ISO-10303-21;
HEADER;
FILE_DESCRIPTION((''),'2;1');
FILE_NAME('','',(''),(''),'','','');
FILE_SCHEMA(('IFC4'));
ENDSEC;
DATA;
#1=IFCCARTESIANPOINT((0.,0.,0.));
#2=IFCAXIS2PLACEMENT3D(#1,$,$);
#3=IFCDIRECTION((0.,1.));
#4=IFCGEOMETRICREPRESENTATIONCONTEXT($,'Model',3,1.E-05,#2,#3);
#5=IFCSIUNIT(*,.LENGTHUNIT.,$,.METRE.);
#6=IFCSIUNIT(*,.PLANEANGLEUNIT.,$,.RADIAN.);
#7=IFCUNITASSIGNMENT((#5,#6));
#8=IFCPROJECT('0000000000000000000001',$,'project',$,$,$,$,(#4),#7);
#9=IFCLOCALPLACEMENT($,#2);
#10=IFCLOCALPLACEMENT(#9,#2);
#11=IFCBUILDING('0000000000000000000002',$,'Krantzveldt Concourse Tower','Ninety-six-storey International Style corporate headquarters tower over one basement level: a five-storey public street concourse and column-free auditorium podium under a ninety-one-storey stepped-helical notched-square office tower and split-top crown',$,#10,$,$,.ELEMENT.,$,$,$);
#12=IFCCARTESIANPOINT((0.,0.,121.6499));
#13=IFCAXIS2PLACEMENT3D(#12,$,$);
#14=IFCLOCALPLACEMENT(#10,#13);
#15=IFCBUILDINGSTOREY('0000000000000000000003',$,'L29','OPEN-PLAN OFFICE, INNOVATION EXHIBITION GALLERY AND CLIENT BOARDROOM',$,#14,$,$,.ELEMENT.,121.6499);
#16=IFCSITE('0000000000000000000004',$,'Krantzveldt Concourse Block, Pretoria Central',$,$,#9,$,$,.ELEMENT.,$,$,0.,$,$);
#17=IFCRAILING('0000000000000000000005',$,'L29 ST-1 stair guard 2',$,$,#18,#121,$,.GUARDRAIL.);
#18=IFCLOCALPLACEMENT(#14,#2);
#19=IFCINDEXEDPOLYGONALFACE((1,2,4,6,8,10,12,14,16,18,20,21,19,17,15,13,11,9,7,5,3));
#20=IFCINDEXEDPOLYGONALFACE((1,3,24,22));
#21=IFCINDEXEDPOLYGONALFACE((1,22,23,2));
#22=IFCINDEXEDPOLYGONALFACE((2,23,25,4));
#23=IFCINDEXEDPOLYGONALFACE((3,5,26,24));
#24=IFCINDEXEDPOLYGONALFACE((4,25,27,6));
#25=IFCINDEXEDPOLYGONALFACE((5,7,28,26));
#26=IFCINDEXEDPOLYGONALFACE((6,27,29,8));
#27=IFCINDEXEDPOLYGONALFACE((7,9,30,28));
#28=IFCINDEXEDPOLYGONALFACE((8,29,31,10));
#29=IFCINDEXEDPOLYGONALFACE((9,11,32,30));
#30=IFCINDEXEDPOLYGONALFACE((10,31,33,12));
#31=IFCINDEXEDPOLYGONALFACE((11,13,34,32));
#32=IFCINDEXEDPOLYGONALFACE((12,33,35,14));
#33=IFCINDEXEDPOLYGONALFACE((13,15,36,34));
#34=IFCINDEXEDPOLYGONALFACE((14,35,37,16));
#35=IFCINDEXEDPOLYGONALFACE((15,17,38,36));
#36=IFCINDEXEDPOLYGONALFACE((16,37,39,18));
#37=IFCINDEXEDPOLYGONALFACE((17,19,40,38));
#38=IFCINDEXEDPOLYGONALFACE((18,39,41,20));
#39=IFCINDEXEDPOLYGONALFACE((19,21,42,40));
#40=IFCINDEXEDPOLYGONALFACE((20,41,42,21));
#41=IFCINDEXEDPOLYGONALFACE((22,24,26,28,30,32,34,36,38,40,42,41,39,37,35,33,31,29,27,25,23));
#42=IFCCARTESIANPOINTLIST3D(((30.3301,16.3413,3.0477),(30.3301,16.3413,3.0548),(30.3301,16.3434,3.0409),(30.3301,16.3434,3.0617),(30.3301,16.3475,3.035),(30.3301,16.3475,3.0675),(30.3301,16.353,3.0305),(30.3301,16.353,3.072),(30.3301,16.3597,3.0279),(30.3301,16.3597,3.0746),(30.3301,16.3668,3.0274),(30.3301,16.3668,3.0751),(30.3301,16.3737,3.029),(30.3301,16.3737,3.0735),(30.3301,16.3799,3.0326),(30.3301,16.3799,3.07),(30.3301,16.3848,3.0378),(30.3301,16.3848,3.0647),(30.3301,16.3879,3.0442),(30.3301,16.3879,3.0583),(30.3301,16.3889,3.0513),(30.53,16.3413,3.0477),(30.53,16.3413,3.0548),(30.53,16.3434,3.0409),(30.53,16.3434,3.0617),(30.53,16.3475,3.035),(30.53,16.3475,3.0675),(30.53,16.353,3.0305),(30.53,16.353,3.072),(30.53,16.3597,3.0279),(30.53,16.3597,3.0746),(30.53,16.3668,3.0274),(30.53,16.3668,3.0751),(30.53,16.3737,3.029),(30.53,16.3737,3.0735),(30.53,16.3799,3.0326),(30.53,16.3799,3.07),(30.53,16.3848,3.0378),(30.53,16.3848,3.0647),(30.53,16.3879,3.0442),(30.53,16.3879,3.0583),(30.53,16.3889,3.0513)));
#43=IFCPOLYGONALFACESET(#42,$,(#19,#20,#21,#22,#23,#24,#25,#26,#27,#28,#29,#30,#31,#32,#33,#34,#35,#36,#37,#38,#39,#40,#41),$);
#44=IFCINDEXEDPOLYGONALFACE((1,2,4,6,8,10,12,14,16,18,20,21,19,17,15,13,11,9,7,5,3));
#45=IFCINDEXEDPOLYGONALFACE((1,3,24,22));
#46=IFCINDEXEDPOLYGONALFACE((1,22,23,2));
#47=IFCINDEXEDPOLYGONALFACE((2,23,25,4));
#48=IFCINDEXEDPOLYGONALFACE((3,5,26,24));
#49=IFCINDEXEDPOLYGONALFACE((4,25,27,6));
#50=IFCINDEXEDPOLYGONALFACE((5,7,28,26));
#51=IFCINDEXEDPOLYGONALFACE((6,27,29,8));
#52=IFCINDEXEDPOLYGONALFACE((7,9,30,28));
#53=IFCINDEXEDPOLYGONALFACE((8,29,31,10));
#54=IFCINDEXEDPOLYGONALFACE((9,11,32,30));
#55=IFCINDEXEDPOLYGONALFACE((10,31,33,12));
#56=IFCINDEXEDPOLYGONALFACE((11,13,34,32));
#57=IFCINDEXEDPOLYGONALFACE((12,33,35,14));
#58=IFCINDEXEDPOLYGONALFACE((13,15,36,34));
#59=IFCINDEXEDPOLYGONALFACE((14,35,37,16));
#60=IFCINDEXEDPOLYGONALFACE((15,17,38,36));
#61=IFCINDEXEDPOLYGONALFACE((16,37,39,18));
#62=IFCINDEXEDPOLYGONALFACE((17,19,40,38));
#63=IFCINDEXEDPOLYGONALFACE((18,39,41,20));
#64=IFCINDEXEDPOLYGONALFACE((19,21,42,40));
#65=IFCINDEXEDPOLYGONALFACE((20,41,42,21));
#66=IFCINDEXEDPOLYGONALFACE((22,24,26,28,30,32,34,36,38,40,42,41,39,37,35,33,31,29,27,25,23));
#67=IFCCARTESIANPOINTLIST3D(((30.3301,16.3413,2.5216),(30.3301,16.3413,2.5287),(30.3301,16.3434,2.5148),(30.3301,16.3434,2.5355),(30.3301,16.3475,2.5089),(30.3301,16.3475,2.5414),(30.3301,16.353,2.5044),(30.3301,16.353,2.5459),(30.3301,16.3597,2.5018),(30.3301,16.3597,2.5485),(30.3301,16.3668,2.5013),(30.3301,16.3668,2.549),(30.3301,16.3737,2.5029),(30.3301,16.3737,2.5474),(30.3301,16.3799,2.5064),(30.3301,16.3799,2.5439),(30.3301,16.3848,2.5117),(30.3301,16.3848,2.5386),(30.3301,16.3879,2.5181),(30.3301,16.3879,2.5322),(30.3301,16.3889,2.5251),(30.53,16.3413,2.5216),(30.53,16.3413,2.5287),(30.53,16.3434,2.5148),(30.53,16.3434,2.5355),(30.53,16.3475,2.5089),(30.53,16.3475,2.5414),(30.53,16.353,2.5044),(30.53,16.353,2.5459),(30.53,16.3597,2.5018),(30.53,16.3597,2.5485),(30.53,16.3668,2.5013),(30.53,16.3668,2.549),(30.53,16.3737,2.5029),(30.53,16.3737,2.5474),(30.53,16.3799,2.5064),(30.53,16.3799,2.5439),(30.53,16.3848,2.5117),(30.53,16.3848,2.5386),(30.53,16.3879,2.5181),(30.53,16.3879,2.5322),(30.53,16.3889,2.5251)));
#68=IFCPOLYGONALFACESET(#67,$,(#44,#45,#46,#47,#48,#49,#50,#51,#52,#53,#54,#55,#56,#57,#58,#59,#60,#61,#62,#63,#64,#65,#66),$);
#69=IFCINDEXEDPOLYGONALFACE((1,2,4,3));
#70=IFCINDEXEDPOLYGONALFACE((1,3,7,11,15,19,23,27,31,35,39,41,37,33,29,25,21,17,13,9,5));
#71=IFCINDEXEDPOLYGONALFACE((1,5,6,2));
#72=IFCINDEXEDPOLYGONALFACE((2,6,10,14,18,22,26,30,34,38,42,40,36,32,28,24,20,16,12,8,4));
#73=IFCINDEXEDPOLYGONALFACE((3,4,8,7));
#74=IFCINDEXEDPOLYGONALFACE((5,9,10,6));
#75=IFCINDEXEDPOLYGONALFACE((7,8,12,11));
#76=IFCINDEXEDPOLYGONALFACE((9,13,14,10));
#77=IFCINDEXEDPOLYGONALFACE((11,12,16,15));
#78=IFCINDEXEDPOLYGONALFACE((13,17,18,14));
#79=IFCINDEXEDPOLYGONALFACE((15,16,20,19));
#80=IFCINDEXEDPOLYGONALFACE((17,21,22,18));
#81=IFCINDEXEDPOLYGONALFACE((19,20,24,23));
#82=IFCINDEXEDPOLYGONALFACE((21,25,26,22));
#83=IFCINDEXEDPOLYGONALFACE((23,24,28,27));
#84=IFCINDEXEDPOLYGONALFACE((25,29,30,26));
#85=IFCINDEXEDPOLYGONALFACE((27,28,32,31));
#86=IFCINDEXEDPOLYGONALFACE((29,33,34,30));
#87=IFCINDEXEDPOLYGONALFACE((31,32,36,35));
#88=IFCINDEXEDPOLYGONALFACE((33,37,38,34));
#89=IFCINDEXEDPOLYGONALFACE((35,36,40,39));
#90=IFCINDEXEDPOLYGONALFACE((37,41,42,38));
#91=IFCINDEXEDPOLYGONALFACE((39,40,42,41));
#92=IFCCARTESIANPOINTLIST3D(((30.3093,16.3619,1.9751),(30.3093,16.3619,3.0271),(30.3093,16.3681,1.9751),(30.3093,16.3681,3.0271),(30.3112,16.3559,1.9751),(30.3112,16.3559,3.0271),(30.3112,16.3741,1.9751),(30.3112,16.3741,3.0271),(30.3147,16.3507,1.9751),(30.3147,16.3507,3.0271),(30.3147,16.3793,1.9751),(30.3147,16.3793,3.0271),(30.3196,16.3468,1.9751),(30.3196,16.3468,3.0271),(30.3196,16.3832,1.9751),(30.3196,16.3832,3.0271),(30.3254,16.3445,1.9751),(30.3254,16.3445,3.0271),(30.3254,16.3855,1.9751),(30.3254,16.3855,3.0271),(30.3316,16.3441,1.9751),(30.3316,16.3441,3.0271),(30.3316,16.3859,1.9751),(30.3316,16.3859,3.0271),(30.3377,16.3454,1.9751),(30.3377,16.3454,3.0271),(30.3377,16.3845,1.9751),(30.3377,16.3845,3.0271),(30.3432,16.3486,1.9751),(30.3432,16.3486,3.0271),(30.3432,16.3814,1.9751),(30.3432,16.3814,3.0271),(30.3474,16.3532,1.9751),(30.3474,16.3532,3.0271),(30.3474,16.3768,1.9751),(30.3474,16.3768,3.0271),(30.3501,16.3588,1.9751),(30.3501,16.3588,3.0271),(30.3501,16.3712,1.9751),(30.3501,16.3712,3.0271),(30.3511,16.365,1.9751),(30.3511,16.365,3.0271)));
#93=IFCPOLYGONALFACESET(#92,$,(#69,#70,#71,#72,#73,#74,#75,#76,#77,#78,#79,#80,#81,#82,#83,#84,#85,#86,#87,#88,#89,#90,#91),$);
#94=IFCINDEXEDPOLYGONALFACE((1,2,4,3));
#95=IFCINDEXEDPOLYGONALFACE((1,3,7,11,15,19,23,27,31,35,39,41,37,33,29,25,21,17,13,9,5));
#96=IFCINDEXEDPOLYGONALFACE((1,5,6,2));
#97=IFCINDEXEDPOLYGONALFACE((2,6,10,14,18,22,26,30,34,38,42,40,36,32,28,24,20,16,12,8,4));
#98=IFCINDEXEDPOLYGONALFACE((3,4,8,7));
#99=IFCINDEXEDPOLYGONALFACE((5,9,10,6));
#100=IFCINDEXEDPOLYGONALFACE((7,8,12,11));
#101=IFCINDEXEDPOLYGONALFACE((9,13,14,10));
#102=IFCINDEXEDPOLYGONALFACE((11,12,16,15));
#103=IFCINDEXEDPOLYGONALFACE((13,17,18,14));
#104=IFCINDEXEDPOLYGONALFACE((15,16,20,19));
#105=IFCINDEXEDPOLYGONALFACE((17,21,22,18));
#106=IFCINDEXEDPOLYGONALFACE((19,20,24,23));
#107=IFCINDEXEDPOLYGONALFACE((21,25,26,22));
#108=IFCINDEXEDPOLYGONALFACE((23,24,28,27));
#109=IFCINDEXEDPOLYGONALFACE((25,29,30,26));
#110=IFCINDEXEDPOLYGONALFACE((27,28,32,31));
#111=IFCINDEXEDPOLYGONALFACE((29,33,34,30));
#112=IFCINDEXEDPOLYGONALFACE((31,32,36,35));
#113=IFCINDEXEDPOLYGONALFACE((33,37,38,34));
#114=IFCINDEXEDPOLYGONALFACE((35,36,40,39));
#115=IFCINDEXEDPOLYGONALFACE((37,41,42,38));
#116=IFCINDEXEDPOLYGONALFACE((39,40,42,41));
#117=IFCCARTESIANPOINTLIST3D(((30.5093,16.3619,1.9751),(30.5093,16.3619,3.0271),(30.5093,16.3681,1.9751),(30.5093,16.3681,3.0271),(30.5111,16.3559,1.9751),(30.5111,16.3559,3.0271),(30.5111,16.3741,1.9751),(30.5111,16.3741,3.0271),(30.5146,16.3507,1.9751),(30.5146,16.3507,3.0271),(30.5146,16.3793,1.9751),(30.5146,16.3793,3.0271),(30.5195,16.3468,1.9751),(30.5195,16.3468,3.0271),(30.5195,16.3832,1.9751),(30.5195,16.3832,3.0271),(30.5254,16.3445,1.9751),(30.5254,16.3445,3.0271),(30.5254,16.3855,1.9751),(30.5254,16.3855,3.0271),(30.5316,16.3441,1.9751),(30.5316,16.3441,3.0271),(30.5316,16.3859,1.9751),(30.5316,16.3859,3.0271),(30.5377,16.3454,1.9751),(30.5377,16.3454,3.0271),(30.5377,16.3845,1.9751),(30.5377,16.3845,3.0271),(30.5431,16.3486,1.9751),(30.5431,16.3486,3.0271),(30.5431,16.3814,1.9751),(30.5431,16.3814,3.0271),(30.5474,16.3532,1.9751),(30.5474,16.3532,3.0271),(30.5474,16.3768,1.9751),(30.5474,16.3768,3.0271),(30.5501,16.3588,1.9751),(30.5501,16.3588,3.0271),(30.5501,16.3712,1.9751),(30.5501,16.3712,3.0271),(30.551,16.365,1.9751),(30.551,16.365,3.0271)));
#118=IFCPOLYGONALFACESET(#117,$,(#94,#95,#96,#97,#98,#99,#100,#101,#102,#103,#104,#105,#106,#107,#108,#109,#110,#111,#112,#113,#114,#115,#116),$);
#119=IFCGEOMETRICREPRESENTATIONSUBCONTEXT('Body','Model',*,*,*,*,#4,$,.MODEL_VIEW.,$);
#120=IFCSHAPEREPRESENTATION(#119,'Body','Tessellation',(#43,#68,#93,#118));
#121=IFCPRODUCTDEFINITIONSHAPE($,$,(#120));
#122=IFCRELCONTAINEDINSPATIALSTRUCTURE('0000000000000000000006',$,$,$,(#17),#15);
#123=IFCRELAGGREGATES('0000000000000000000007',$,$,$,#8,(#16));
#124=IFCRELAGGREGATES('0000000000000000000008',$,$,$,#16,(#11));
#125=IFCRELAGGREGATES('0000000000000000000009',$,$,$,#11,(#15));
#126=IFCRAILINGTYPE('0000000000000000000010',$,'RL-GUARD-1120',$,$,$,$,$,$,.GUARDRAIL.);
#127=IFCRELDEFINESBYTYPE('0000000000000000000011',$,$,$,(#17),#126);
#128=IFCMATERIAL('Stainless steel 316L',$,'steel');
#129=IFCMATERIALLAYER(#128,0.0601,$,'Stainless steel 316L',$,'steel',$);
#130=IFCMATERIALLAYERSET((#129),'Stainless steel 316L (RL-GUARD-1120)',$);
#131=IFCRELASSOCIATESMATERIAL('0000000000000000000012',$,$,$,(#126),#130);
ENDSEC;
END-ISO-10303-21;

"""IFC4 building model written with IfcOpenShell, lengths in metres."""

from ifc_helpers import new_model, si_unit, direction, frame, origin, origin_2d, place, context, subcontext, project, spatial, circle, extrude, material, layer, layer_set, type_object, element, save


model = new_model("IFC4")

# Units and contexts
model_context = context("Model", 3, precision=1e-05, world=origin(), true_north=direction((0.0, 1.0)))
body_context = subcontext(model_context, "Body", "Model", "MODEL_VIEW")
ifc_project = project(units=[si_unit("LENGTHUNIT", "METRE"), si_unit("PLANEANGLEUNIT", "RADIAN")], contexts=[model_context])

# Site, building, storey
site_placement = place(None, origin())
site = spatial("IfcSite", under=ifc_project, at=site_placement, Name="Krantzveldt Concourse Block, Pretoria Central", CompositionType="ELEMENT", RefElevation=0.0)
building_placement = place(site_placement, origin())
building = spatial("IfcBuilding", under=site, at=building_placement, Name="Krantzveldt Concourse Tower", Description="Ninety-six-storey International Style corporate headquarters tower over one basement level: a five-storey public street concourse and column-free auditorium podium under a ninety-one-storey stepped-helical notched-square office tower and split-top crown", CompositionType="ELEMENT")
storey_placement = place(building_placement, frame((0.0, 0.0, 121.6499)))
storey = spatial("IfcBuildingStorey", under=building, at=storey_placement, Name="L29", Description="OPEN-PLAN OFFICE, INNOVATION EXHIBITION GALLERY AND CLIENT BOARDROOM", CompositionType="ELEMENT", Elevation=121.6499)

# Railing
ifc_material_1 = material(Name="Stainless steel 316L", Category="steel")
ifc_layer_1 = layer(ifc_material_1, 0.0601, Name="Stainless steel 316L", Category="steel")
ifc_layer_set_1 = layer_set([ifc_layer_1], Name="Stainless steel 316L (RL-GUARD-1120)")
railing_type_1 = type_object("IfcRailingType", Name="RL-GUARD-1120", PredefinedType="GUARDRAIL", material=ifc_layer_set_1)
railing_1_placement = place(storey_placement, frame((30.3301, 16.365, 1.9751)))
element("IfcRailing", 1, at=railing_1_placement, inside=storey, type_object=railing_type_1, Name="L29 ST-1 stair guard 2", PredefinedType="GUARDRAIL", context=body_context, shape_type="SweptSolid", body=[
    extrude(circle(Radius=0.0239, at=origin_2d()), frame((0.0, 0.0, 1.0762), z_axis=(1.0, 0.0, 0.0), x_axis=(0.0, 1.0, 0.0)), (0.0, 0.0, 1.0), 0.2),
    extrude(circle(Radius=0.0239, at=origin_2d()), frame((0.0, 0.0, 0.55), z_axis=(1.0, 0.0, 0.0), x_axis=(0.0, 1.0, 0.0)), (0.0, 0.0, 1.0), 0.2),
    extrude(circle(Radius=0.021, at=origin_2d()), origin(), (0.0, 0.0, 1.0), 1.052),
    extrude(circle(Radius=0.021, at=origin_2d()), frame((0.2, 0.0, 0.0)), (0.0, 0.0, 1.0), 1.052),
])

save(model, "model.ifc")
